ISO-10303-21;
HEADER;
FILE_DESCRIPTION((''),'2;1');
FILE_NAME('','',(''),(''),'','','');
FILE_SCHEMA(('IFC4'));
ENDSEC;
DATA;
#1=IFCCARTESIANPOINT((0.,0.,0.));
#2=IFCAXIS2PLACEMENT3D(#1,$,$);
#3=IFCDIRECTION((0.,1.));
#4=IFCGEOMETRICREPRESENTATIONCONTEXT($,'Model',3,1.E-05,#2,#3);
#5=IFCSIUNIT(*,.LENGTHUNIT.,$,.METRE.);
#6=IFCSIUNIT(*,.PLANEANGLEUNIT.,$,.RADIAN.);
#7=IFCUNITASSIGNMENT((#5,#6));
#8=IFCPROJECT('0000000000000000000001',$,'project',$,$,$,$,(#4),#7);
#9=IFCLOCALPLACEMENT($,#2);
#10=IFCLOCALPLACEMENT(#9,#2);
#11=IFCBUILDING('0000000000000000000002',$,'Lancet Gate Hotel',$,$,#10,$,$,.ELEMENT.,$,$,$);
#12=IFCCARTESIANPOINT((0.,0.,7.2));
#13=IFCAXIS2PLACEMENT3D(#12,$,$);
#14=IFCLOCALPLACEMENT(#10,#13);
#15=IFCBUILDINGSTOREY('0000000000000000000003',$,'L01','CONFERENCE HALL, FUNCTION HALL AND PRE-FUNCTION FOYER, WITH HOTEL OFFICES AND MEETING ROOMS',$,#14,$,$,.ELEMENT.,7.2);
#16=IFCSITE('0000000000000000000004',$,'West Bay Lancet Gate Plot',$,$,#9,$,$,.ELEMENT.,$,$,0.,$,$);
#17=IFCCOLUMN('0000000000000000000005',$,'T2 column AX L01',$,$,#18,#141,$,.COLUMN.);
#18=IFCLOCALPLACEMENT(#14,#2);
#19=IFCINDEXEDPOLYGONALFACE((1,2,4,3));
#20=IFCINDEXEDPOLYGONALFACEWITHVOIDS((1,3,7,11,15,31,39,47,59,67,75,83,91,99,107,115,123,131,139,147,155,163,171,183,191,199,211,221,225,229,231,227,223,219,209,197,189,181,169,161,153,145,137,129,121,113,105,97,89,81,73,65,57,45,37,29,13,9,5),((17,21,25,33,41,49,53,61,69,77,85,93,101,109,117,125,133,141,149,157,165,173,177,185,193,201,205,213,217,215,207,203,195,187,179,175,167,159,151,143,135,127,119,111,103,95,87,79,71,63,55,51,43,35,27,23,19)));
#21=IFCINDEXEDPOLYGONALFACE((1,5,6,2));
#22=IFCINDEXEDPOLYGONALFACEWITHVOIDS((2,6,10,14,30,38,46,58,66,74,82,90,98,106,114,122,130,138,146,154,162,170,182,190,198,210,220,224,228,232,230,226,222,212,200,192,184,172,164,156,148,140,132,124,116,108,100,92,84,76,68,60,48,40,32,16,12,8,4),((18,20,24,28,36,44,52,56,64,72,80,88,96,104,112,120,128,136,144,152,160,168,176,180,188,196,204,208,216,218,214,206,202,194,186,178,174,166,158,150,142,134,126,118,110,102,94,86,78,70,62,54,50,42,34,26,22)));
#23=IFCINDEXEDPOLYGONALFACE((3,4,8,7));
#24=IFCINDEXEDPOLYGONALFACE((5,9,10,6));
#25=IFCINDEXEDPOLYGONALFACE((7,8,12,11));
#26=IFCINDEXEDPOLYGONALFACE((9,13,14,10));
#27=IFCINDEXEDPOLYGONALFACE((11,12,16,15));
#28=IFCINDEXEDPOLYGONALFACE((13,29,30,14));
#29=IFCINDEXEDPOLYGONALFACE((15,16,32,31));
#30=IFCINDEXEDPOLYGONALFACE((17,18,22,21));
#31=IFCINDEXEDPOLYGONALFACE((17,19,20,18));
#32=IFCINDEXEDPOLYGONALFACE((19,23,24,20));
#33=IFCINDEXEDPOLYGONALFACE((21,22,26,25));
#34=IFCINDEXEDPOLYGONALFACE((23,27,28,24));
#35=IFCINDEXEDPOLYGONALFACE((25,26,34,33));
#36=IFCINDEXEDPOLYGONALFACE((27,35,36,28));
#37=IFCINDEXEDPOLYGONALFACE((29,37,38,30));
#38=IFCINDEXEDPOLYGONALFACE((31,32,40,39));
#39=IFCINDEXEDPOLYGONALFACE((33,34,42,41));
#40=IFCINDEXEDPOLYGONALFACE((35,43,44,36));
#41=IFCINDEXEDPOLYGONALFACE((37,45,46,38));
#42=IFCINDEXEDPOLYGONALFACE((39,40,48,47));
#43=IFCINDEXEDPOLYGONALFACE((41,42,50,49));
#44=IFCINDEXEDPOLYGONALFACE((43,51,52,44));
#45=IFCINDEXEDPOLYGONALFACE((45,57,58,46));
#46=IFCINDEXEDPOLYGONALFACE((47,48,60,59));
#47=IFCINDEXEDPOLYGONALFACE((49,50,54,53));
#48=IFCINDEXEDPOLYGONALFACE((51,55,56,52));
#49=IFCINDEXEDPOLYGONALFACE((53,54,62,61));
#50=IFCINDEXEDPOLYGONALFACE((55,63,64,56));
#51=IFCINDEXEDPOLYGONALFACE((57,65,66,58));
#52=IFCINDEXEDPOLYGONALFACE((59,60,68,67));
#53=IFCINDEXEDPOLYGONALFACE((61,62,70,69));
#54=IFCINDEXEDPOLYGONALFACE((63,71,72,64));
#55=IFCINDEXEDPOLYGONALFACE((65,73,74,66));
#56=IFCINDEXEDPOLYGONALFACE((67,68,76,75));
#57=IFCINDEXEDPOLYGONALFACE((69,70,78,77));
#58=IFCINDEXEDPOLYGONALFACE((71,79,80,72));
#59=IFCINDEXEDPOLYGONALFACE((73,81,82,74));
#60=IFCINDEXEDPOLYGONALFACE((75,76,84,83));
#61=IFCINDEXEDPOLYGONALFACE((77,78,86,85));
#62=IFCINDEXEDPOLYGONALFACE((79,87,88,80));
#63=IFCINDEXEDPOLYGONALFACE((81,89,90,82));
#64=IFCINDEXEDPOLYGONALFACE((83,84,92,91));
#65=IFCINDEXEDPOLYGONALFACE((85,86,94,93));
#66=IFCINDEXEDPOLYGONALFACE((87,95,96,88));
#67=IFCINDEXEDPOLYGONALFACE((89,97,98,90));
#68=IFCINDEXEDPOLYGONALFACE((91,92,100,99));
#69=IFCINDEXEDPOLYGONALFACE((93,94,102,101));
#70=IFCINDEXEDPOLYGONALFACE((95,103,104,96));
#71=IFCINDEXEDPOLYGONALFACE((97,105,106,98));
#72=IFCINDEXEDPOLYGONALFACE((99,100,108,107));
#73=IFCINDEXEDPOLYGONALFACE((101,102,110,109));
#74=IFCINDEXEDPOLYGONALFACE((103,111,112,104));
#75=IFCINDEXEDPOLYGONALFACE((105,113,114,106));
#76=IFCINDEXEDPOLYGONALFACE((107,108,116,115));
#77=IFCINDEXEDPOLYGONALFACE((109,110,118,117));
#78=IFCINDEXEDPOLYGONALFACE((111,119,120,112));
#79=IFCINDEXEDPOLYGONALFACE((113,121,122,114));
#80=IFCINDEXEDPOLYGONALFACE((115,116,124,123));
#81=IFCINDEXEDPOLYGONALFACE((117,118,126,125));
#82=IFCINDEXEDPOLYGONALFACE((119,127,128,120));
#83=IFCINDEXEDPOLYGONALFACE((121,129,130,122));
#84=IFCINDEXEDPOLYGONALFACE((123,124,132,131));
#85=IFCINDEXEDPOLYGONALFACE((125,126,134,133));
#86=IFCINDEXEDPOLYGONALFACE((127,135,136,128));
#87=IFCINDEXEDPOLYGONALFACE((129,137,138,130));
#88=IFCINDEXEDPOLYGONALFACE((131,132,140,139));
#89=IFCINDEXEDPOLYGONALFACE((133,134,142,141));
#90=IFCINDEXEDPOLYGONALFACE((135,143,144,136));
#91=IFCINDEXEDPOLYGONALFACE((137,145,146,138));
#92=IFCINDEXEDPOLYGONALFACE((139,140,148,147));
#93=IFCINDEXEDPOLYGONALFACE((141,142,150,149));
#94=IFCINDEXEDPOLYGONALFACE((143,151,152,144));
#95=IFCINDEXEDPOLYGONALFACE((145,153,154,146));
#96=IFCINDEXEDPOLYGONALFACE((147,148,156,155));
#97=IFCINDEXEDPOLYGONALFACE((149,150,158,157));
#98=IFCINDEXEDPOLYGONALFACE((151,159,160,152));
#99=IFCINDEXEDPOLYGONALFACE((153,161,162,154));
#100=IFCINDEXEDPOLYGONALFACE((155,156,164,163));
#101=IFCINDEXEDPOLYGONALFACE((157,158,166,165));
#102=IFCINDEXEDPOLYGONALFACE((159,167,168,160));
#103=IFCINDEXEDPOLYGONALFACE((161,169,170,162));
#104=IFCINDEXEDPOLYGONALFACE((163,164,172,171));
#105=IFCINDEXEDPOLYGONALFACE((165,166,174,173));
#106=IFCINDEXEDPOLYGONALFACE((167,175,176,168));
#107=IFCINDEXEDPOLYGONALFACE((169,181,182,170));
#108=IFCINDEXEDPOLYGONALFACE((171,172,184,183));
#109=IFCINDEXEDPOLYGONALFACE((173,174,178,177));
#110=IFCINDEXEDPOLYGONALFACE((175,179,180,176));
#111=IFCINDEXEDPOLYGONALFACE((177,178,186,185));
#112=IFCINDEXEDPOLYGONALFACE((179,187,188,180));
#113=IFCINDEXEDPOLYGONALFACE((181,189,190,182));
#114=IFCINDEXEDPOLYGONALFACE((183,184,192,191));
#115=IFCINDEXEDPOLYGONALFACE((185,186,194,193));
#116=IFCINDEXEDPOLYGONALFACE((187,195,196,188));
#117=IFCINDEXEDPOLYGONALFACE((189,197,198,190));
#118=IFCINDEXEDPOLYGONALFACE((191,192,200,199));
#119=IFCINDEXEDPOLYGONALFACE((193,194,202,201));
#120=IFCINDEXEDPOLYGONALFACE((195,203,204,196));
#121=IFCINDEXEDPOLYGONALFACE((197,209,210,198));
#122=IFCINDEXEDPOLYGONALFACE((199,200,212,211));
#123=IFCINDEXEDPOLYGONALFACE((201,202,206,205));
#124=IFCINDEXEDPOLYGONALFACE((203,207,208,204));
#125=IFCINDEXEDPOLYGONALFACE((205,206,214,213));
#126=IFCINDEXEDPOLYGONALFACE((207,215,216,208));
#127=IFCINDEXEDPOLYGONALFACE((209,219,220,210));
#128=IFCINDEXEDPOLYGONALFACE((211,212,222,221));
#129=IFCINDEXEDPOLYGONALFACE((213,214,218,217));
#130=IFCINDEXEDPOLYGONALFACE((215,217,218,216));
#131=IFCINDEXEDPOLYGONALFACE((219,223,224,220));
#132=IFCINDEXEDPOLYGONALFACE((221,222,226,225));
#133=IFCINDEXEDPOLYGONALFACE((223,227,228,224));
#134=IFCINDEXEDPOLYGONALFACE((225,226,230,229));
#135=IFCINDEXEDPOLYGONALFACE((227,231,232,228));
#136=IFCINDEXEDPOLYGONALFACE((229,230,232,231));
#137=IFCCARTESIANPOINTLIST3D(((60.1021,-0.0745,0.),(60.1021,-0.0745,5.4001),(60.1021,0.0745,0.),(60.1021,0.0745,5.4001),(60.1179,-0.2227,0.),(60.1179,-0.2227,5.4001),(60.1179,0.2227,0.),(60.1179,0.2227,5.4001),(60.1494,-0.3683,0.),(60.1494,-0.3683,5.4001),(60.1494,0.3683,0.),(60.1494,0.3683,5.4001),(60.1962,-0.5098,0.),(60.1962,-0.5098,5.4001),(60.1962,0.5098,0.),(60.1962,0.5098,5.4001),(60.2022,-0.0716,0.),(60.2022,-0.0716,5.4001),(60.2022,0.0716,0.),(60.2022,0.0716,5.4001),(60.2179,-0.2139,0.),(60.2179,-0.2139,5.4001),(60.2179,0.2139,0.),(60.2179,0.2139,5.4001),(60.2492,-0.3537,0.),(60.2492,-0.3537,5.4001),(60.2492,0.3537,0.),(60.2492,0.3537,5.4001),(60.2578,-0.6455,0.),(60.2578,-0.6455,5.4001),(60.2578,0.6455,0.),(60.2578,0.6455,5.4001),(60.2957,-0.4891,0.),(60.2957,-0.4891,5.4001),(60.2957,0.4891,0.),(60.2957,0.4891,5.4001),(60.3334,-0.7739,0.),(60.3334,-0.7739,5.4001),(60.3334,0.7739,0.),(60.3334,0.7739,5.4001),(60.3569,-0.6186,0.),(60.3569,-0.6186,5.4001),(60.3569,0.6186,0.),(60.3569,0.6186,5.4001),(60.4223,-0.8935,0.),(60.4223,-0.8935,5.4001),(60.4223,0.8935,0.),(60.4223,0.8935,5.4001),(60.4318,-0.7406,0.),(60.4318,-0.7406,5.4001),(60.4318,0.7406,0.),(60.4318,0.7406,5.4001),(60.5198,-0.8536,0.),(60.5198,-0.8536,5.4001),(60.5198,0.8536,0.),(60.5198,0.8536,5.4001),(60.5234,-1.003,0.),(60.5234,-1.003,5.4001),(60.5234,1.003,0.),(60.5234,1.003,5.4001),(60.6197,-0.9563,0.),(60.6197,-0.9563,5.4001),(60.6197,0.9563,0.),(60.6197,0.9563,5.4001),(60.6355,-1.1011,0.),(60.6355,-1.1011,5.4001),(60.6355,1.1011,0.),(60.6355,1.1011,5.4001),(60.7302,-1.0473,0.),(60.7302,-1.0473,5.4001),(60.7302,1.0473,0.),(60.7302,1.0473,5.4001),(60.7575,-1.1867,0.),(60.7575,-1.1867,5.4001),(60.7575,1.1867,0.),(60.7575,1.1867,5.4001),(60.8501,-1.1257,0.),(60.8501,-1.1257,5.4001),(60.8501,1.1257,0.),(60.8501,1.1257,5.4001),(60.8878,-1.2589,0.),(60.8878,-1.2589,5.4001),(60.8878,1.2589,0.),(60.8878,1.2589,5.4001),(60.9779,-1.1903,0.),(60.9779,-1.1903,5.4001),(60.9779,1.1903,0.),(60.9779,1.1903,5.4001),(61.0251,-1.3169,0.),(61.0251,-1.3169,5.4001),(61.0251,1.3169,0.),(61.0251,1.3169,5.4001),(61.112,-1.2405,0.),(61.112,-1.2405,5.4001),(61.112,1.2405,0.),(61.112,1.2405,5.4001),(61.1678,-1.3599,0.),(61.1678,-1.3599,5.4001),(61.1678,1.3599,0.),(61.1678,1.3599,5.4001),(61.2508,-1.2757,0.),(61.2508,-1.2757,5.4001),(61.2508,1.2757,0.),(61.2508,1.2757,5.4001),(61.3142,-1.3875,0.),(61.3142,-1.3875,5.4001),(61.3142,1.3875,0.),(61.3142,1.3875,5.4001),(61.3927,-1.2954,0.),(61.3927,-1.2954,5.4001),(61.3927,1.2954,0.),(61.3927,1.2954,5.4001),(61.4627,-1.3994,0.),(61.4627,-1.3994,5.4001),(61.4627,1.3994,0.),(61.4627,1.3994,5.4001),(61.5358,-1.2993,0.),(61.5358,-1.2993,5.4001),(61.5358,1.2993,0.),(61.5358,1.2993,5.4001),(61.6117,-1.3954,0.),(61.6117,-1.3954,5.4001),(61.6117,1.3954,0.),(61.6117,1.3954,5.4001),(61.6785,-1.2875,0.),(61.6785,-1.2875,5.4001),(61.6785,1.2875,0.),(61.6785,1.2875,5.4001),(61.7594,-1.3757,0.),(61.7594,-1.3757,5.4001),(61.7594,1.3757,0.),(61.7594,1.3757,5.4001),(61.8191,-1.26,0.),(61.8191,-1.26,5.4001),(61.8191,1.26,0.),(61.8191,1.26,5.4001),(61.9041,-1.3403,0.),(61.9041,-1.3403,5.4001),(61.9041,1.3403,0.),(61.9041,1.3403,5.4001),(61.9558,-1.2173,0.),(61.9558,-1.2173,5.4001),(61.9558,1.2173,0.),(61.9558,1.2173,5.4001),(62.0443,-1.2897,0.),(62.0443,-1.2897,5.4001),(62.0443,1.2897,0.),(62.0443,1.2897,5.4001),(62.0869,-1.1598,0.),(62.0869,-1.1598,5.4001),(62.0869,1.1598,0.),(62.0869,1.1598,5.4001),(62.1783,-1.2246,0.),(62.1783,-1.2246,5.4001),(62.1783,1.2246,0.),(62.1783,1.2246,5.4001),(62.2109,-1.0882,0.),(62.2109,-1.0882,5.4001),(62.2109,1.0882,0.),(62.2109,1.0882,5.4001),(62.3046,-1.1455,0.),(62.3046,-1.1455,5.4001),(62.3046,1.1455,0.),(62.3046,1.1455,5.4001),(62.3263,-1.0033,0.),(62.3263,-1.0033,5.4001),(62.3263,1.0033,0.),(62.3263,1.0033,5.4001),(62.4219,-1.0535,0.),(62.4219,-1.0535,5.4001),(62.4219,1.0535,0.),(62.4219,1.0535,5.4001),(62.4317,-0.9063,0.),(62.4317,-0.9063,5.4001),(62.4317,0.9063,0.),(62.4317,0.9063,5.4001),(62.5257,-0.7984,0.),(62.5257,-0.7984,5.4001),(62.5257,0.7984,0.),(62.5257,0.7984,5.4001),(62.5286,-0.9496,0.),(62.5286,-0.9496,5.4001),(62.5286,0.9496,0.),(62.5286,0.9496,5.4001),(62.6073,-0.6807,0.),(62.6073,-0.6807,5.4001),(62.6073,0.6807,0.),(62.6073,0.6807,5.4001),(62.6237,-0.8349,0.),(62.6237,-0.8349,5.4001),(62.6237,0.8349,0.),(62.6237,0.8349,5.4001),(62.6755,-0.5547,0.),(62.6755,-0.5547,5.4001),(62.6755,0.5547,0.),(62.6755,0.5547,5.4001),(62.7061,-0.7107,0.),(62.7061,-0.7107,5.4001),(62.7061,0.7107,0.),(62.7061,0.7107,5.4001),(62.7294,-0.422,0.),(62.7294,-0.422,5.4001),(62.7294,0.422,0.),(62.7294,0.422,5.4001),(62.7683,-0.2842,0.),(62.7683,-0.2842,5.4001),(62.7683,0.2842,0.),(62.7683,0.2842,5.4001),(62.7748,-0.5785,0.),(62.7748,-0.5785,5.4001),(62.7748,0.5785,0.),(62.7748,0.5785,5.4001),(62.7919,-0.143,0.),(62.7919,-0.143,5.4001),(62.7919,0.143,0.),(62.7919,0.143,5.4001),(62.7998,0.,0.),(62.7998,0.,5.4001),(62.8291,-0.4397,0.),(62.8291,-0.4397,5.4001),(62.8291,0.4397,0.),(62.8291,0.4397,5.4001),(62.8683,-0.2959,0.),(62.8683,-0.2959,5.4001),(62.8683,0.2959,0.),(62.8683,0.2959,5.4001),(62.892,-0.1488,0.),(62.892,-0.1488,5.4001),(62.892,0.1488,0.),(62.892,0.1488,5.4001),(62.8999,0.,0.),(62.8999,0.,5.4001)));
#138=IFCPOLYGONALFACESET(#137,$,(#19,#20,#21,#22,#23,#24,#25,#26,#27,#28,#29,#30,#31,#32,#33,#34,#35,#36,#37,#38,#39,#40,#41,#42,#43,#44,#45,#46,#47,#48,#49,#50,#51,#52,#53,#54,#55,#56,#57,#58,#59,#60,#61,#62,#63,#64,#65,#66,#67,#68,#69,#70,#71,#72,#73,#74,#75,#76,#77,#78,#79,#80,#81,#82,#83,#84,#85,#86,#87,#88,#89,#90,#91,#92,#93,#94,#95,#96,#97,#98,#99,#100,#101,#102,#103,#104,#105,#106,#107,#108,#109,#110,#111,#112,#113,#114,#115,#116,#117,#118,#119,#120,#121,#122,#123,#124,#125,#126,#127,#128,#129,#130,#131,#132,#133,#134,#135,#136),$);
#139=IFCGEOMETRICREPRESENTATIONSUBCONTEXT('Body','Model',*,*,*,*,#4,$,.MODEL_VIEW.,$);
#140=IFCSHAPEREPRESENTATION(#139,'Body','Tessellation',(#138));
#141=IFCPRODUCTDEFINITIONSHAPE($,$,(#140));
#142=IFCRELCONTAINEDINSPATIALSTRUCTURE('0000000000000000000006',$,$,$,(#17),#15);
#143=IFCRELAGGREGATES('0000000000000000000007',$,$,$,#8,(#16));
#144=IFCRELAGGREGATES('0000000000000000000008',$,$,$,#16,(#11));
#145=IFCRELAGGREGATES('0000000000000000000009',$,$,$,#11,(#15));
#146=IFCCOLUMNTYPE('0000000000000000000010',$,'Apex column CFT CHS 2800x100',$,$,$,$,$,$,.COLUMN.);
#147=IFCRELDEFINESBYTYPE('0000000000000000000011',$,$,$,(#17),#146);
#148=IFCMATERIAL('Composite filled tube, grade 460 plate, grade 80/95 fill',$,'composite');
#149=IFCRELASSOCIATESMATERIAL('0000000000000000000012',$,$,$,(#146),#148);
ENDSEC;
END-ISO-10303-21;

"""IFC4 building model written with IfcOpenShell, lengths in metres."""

from ifc_helpers import new_model, si_unit, direction, frame, origin, origin_2d, place, context, subcontext, project, spatial, hollow_circle, extrude, material, material_profile, profile_set, type_object, element, save


model = new_model("IFC4")

# Units and contexts
model_context = context("Model", 3, precision=1e-05, world=origin(), true_north=direction((0.0, 1.0)))
body_context = subcontext(model_context, "Body", "Model", "MODEL_VIEW")
ifc_project = project(units=[si_unit("LENGTHUNIT", "METRE"), si_unit("PLANEANGLEUNIT", "RADIAN")], contexts=[model_context])

# Site, building, storey
site_placement = place(None, origin())
site = spatial("IfcSite", under=ifc_project, at=site_placement, Name="West Bay Lancet Gate Plot", CompositionType="ELEMENT", RefElevation=0.0)
building_placement = place(site_placement, origin())
building = spatial("IfcBuilding", under=site, at=building_placement, Name="Lancet Gate Hotel", CompositionType="ELEMENT")
storey_placement = place(building_placement, frame((0.0, 0.0, 7.2)))
storey = spatial("IfcBuildingStorey", under=building, at=storey_placement, Name="L01", Description="CONFERENCE HALL, FUNCTION HALL AND PRE-FUNCTION FOYER, WITH HOTEL OFFICES AND MEETING ROOMS", CompositionType="ELEMENT", Elevation=7.2)

# Column
ifc_material_1 = material(Name="Composite filled tube, grade 460 plate, grade 80/95 fill", Category="composite")
ifc_material_profile_1 = material_profile(ifc_material_1, hollow_circle(Radius=1.3999, WallThickness=0.1001, at=origin_2d()), Name="CHS 2800x100")
ifc_profile_set_1 = profile_set([ifc_material_profile_1], Name="Composite filled tube, grade 460 plate, grade 80/95 fill")
column_type_1 = type_object("IfcColumnType", Name="Apex column CFT CHS 2800x100", PredefinedType="COLUMN", material=ifc_profile_set_1)
column_1_placement = place(storey_placement, frame((61.5, 0.0, 0.0), z_axis=(0.0, 0.0, 1.0), x_axis=(1.0, 0.0, 0.0)))
element("IfcColumn", 1, at=column_1_placement, inside=storey, type_object=column_type_1, Name="T2 column AX L01", PredefinedType="COLUMN", context=body_context, shape_type="SweptSolid", body=[
    extrude(hollow_circle(Radius=1.3999, WallThickness=0.1001, at=origin_2d()), origin(), (0.0, 0.0, 1.0), 5.4001),
])

save(model, "model.ifc")
